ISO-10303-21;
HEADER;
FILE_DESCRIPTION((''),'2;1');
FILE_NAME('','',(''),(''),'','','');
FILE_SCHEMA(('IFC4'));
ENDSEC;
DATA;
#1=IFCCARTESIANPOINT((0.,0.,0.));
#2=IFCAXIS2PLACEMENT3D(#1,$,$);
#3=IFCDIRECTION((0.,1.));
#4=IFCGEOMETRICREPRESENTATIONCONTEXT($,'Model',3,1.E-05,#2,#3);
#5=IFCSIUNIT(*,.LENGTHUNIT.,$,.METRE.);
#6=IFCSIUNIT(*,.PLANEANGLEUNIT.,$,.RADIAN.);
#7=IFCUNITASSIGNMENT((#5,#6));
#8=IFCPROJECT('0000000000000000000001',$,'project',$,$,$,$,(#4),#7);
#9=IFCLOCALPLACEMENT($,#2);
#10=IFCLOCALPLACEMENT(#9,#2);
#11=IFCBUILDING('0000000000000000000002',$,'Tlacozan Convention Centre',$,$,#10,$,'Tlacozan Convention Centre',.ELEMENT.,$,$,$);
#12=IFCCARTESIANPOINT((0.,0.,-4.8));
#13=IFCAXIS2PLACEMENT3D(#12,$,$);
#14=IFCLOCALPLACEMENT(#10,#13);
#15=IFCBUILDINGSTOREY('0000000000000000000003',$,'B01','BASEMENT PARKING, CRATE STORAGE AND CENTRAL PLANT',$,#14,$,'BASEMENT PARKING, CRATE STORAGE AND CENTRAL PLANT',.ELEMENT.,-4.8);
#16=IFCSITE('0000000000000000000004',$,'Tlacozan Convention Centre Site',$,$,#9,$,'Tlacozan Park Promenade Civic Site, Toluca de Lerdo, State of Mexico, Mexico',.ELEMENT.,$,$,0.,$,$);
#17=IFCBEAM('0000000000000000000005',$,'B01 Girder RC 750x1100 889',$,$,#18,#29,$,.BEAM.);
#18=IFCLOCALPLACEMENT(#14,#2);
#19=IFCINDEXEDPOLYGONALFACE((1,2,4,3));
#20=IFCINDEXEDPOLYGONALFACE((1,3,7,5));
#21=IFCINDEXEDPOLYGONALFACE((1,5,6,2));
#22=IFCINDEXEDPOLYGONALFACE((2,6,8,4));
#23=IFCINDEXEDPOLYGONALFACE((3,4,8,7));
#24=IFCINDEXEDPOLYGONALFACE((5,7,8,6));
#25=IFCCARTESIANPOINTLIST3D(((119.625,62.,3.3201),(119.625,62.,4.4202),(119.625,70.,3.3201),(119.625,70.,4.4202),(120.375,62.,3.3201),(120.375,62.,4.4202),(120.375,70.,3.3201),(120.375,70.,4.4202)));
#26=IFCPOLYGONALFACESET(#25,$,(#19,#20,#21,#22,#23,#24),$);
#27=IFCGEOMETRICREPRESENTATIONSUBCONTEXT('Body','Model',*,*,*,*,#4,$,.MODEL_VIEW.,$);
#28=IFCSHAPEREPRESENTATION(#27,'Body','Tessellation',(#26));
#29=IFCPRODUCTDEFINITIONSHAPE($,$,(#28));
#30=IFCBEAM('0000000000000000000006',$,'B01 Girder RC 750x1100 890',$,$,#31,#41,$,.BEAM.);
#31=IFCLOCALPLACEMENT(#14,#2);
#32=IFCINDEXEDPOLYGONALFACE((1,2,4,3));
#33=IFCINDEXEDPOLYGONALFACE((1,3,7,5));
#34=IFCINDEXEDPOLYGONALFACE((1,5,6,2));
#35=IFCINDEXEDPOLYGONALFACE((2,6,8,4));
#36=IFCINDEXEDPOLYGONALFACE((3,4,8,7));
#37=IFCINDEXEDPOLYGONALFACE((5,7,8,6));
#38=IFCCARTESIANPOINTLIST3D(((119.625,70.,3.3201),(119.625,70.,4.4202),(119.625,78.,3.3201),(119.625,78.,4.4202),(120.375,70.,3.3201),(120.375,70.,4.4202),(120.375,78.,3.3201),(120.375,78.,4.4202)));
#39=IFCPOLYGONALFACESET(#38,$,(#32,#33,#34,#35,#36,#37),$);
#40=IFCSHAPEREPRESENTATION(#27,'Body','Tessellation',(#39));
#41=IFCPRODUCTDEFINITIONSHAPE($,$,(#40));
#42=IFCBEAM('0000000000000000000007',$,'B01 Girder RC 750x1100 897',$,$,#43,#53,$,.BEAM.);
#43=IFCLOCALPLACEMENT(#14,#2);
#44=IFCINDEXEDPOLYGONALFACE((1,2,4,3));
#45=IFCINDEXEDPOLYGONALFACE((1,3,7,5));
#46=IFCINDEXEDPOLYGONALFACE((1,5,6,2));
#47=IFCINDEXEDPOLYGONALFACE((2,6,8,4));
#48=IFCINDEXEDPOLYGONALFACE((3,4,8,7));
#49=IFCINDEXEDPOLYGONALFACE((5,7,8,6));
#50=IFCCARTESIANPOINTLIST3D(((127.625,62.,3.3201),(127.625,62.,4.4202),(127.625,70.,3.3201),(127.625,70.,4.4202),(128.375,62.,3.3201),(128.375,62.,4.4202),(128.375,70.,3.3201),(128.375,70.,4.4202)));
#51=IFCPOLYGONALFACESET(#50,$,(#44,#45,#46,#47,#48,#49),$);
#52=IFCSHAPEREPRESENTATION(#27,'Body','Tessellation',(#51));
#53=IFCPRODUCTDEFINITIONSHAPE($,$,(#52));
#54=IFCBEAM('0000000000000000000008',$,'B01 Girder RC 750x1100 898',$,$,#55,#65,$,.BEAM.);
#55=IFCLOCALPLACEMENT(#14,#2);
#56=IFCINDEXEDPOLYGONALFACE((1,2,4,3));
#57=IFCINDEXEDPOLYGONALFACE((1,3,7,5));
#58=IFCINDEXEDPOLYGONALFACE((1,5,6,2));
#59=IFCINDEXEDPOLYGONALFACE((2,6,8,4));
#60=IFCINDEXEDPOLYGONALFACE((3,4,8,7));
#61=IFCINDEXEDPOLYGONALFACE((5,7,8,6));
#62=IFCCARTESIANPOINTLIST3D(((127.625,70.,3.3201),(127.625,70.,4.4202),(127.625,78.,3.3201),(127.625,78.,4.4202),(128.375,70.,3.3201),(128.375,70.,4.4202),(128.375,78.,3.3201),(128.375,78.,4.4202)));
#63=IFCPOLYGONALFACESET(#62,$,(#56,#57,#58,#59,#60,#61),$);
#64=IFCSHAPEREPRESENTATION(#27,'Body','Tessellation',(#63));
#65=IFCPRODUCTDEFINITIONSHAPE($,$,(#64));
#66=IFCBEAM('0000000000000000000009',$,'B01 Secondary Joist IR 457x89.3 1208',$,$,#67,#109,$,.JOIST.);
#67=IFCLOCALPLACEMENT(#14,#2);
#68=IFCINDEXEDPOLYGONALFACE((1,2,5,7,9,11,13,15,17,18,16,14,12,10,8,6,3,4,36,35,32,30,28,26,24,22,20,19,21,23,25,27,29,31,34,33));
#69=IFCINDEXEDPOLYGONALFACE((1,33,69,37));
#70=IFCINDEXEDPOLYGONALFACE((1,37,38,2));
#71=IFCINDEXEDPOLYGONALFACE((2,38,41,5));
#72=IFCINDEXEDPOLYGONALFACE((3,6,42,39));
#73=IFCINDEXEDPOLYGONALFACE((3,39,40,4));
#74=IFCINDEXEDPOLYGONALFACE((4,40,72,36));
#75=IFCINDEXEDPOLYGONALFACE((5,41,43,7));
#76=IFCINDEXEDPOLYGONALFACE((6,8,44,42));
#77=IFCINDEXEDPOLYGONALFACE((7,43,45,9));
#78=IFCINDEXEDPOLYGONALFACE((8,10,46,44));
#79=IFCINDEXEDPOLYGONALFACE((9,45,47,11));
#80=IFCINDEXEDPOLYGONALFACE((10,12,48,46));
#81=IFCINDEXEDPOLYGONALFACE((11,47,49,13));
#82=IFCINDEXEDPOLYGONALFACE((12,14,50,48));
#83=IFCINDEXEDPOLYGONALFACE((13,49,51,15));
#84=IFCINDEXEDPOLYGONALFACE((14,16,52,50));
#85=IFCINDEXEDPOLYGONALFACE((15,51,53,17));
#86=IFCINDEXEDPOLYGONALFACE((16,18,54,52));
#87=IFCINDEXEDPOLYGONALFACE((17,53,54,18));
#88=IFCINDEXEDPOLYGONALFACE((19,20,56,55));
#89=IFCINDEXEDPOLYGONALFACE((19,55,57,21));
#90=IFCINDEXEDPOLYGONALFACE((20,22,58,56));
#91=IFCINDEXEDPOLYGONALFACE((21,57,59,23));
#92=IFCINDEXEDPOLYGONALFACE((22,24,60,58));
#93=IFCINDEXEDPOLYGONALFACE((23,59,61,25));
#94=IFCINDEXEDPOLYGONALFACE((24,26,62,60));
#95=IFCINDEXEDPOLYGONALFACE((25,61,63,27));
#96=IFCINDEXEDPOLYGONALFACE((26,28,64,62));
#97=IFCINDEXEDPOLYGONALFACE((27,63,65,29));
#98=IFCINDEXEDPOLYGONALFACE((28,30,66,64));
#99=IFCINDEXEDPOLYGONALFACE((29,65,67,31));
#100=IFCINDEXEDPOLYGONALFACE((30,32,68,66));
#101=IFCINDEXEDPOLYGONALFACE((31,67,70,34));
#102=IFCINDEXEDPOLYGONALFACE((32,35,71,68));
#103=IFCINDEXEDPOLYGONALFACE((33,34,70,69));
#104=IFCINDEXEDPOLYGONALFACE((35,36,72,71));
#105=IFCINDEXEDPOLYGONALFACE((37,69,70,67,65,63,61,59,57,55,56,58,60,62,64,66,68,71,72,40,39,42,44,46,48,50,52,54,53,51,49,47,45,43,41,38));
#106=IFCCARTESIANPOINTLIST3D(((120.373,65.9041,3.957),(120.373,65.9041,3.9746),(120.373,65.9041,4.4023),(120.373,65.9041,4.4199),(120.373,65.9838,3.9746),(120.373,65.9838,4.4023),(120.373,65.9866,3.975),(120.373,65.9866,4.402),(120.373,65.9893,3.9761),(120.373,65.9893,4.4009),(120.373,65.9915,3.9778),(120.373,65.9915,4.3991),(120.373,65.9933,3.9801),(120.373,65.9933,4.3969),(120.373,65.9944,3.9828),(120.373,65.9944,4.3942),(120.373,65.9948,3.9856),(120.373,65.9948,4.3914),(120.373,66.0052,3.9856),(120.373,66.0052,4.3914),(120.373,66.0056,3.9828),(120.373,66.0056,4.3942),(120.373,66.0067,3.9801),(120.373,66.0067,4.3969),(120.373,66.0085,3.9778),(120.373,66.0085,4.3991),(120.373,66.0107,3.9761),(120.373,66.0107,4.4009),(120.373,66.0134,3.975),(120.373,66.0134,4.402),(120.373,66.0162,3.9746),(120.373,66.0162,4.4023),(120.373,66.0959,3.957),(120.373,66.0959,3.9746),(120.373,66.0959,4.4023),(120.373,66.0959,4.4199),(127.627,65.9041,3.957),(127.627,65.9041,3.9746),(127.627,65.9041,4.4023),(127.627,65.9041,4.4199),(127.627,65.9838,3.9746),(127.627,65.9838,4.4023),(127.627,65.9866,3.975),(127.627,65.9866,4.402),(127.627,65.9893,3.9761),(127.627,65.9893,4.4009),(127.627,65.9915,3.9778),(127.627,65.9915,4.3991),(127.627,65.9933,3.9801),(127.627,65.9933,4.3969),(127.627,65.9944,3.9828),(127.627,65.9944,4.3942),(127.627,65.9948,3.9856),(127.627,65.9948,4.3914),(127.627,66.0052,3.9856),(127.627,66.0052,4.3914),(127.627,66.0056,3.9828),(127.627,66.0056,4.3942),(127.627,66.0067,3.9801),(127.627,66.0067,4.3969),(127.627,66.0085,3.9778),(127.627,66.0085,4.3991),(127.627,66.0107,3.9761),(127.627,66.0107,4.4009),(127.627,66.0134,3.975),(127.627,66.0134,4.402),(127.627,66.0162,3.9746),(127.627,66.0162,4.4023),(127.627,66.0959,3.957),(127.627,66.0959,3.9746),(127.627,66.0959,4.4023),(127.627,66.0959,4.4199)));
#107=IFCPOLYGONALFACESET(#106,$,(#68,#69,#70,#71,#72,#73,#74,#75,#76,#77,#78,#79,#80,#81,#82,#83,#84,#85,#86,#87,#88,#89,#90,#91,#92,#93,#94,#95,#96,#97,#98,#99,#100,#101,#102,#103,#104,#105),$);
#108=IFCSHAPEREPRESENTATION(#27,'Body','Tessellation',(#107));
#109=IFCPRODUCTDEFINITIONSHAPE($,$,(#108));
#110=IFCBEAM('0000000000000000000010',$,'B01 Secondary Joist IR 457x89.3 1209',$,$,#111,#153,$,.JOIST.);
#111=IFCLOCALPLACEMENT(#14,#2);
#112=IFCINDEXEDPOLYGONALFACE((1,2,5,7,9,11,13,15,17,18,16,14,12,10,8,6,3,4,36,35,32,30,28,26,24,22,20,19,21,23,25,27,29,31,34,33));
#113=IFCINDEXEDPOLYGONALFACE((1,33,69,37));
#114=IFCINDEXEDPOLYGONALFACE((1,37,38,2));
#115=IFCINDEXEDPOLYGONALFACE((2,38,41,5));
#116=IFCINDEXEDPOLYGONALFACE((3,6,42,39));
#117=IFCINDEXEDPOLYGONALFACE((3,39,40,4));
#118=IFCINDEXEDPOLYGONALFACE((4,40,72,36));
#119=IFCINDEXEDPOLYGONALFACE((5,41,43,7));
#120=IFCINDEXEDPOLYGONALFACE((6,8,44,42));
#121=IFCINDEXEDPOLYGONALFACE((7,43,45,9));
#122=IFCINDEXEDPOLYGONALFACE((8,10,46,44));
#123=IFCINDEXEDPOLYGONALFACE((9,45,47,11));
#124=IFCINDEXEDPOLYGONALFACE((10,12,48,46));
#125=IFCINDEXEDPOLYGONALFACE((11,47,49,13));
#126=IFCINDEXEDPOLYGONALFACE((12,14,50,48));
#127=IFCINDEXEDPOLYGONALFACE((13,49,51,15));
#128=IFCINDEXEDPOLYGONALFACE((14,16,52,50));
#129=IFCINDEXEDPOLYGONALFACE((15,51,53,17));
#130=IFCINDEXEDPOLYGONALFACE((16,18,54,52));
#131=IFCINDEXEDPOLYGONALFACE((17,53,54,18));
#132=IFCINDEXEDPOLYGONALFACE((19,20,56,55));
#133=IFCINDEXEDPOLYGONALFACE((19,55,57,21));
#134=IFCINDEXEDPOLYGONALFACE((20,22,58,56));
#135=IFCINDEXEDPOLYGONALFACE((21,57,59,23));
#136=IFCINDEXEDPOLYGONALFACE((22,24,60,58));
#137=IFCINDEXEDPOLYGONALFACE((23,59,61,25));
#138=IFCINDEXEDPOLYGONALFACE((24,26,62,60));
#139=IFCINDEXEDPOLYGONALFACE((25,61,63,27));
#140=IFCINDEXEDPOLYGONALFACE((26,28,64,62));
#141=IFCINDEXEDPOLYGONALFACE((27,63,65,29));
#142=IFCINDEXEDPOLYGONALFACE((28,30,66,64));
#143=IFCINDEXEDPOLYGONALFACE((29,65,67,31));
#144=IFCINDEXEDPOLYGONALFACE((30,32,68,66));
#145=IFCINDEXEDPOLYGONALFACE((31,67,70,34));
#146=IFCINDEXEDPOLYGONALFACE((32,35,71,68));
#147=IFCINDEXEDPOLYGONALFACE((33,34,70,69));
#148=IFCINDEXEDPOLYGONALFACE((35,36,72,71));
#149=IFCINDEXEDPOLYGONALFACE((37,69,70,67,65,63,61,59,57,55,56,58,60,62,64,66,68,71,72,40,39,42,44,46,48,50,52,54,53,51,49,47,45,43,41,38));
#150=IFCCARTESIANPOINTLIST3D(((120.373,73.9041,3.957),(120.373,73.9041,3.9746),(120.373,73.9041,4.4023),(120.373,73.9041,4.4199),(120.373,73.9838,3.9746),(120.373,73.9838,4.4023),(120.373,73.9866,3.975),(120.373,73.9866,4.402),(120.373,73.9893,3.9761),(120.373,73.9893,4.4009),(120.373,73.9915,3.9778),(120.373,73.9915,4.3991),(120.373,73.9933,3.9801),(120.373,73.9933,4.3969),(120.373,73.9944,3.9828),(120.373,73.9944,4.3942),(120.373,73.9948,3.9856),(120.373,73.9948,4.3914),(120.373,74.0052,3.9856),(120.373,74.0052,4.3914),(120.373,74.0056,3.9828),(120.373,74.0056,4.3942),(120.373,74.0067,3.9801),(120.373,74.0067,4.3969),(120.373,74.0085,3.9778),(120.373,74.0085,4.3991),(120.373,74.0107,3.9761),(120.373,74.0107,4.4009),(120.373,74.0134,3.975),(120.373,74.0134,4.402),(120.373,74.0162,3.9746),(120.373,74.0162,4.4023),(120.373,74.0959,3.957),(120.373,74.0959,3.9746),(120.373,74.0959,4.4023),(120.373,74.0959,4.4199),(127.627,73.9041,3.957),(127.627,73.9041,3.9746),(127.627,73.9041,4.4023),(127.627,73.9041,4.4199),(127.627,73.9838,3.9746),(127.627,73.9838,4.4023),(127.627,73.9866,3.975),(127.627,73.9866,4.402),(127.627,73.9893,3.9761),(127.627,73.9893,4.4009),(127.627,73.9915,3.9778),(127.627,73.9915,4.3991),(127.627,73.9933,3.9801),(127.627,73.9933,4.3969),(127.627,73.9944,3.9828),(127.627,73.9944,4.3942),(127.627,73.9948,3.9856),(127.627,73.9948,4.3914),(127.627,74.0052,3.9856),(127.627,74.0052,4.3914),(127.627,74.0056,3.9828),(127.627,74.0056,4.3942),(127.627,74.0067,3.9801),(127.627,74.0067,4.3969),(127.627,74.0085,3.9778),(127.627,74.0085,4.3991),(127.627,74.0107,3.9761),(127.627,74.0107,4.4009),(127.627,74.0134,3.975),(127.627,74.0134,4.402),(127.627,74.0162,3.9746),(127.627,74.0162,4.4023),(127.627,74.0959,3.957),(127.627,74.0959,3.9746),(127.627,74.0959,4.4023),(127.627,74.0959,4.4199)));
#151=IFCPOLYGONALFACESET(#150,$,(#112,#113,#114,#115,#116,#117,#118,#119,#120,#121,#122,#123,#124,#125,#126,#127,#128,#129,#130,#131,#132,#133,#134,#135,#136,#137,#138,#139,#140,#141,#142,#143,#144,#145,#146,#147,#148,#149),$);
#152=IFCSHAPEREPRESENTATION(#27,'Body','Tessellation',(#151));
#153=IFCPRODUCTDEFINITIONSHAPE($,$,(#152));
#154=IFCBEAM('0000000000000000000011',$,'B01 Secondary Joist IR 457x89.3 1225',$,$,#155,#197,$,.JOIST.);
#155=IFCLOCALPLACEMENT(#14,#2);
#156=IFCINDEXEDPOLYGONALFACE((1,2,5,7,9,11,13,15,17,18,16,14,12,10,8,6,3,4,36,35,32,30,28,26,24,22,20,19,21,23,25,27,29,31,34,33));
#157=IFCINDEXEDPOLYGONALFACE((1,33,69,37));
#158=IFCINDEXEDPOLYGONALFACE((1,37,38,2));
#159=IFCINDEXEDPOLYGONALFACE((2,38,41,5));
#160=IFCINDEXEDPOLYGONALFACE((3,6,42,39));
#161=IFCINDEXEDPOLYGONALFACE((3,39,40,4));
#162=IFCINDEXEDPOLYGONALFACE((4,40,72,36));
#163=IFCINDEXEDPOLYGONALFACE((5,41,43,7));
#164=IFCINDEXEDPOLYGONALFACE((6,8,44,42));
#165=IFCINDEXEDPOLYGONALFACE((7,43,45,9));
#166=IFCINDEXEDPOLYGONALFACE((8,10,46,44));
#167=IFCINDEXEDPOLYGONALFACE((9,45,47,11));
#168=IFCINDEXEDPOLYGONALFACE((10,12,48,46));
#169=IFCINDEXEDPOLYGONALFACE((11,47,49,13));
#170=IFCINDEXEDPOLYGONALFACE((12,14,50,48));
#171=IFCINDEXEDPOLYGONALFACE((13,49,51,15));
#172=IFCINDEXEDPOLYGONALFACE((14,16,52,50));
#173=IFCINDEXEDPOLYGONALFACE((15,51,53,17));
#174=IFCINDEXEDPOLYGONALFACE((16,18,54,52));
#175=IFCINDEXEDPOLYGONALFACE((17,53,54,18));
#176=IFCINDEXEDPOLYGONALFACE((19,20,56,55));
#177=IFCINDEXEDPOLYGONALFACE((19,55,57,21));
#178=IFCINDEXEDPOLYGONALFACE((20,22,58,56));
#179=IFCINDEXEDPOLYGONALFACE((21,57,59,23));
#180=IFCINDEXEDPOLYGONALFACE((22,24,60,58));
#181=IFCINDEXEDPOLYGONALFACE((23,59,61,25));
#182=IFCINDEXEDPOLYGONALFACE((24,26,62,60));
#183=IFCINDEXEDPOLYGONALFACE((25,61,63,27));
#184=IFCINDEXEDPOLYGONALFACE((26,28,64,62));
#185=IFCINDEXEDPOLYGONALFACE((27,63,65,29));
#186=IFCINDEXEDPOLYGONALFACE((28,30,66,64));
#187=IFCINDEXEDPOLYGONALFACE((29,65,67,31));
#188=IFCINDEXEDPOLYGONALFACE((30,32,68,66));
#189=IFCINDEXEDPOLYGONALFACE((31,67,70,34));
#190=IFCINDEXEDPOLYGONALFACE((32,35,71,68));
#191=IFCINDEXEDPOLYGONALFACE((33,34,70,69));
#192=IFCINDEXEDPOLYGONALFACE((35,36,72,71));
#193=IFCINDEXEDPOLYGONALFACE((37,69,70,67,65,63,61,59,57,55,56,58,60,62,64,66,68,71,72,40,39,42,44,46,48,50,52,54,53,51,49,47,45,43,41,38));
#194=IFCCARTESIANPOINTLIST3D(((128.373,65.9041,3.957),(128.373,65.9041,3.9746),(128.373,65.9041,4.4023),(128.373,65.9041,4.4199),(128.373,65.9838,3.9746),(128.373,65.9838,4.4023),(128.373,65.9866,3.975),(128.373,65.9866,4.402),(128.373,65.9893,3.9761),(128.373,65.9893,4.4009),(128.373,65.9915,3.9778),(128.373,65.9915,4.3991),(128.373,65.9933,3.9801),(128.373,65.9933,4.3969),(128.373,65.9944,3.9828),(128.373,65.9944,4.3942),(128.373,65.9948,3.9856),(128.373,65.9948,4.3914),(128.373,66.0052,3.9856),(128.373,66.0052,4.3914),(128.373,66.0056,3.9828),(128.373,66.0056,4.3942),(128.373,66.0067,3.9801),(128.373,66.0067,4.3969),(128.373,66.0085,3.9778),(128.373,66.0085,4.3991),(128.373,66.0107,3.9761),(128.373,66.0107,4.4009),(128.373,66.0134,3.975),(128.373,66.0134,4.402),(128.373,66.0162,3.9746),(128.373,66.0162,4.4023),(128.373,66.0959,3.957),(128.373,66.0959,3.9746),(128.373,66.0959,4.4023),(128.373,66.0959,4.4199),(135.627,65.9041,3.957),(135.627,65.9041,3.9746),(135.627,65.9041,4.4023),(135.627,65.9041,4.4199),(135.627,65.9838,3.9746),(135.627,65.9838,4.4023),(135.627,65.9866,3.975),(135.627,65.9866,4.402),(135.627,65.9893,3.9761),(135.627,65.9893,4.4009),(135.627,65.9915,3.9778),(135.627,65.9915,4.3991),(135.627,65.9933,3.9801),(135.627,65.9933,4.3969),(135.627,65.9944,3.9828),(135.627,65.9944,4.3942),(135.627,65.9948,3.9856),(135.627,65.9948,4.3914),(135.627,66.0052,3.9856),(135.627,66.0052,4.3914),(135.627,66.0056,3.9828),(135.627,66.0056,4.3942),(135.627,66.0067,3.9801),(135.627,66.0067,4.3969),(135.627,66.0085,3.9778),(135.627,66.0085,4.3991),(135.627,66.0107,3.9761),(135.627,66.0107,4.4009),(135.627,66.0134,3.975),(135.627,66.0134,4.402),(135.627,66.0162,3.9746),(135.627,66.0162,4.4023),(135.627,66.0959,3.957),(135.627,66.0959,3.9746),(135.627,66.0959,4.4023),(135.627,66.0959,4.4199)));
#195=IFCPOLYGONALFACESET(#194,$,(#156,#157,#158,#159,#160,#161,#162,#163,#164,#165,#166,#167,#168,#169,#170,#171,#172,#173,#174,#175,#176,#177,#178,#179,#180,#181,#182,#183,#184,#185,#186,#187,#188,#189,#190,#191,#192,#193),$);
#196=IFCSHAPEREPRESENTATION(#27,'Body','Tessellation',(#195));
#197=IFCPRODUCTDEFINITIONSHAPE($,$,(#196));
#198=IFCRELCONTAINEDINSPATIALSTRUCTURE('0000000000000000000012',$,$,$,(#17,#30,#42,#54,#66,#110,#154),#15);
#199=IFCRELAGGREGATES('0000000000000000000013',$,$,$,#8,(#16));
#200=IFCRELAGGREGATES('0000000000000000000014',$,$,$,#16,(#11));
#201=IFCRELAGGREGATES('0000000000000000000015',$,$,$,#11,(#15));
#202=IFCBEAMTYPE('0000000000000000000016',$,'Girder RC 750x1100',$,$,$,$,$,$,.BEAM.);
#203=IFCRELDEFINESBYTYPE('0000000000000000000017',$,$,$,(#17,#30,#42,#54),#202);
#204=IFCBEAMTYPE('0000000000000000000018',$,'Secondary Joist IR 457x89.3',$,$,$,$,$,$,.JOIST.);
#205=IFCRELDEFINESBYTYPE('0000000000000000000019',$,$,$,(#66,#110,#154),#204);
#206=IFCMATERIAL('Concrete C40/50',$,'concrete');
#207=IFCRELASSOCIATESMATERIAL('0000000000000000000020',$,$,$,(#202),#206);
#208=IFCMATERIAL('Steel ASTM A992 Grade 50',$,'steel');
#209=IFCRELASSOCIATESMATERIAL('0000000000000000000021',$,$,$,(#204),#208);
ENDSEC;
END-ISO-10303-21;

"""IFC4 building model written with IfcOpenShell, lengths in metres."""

from ifc_helpers import new_model, si_unit, direction, frame, origin, origin_2d, place, context, subcontext, project, spatial, rectangle, i_section, extrude, material, material_profile, profile_set, type_object, element, save


model = new_model("IFC4")

# Units and contexts
model_context = context("Model", 3, precision=1e-05, world=origin(), true_north=direction((0.0, 1.0)))
body_context = subcontext(model_context, "Body", "Model", "MODEL_VIEW")
ifc_project = project(units=[si_unit("LENGTHUNIT", "METRE"), si_unit("PLANEANGLEUNIT", "RADIAN")], contexts=[model_context])

# Site, building, storey
site_placement = place(None, origin())
site = spatial("IfcSite", under=ifc_project, at=site_placement, Name="Tlacozan Convention Centre Site", LongName="Tlacozan Park Promenade Civic Site, Toluca de Lerdo, State of Mexico, Mexico", CompositionType="ELEMENT", RefElevation=0.0)
building_placement = place(site_placement, origin())
building = spatial("IfcBuilding", under=site, at=building_placement, Name="Tlacozan Convention Centre", LongName="Tlacozan Convention Centre", CompositionType="ELEMENT")
storey_placement = place(building_placement, frame((0.0, 0.0, -4.8)))
storey = spatial("IfcBuildingStorey", under=building, at=storey_placement, Name="B01", Description="BASEMENT PARKING, CRATE STORAGE AND CENTRAL PLANT", LongName="BASEMENT PARKING, CRATE STORAGE AND CENTRAL PLANT", CompositionType="ELEMENT", Elevation=-4.8)

# Shared definitions
ifc_material_1 = material(Name="Concrete C40/50", Category="concrete")

# Beams
ifc_material_profile_1 = material_profile(ifc_material_1, rectangle(XDim=0.75, YDim=1.1001, at=origin_2d()), Name="RC 750x1100")
ifc_profile_set_1 = profile_set([ifc_material_profile_1], Name="Concrete C40/50")
beam_type_1 = type_object("IfcBeamType", Name="Girder RC 750x1100", PredefinedType="BEAM", material=ifc_profile_set_1)
for number, where, z_axis, x_axis, name in (
    (1, (120.0, 62.0, 3.8701), (0.0, 1.0, 0.0), (-1.0, 0.0, 0.0), "B01 Girder RC 750x1100 889"),
    (2, (120.0, 70.0, 3.8701), (0.0, 1.0, 0.0), (-1.0, 0.0, 0.0), "B01 Girder RC 750x1100 890"),
    (3, (128.0, 62.0, 3.8701), (0.0, 1.0, 0.0), (-1.0, 0.0, 0.0), "B01 Girder RC 750x1100 897"),
    (4, (128.0, 70.0, 3.8701), (0.0, 1.0, 0.0), (-1.0, 0.0, 0.0), "B01 Girder RC 750x1100 898"),
):
    element("IfcBeam", number, at=place(storey_placement, frame(where, z_axis=z_axis, x_axis=x_axis)), inside=storey, type_object=beam_type_1, Name=name, PredefinedType="BEAM", context=body_context, shape_type="SweptSolid", body=[
        extrude(rectangle(XDim=0.75, YDim=1.1001, at=origin_2d()), origin(), (0.0, 0.0, 1.0), 8.0),
    ])
ifc_material_2 = material(Name="Steel ASTM A992 Grade 50", Category="steel")
ifc_material_profile_2 = material_profile(ifc_material_2, i_section(OverallWidth=0.1919, OverallDepth=0.4629, WebThickness=0.0105, FlangeThickness=0.0176, FilletRadius=0.011, at=origin_2d()), Name="IR 457x89.3")
ifc_profile_set_2 = profile_set([ifc_material_profile_2], Name="Steel ASTM A992 Grade 50")
beam_type_2 = type_object("IfcBeamType", Name="Secondary Joist IR 457x89.3", PredefinedType="JOIST", material=ifc_profile_set_2)
for number, where, z_axis, x_axis, name in (
    (5, (120.373, 66.0, 4.1885), (1.0, 0.0, 0.0), (0.0, 1.0, 0.0), "B01 Secondary Joist IR 457x89.3 1208"),
    (6, (120.373, 74.0, 4.1885), (1.0, 0.0, 0.0), (0.0, 1.0, 0.0), "B01 Secondary Joist IR 457x89.3 1209"),
    (7, (128.373, 66.0, 4.1885), (1.0, 0.0, 0.0), (0.0, 1.0, 0.0), "B01 Secondary Joist IR 457x89.3 1225"),
):
    element("IfcBeam", number, at=place(storey_placement, frame(where, z_axis=z_axis, x_axis=x_axis)), inside=storey, type_object=beam_type_2, Name=name, PredefinedType="JOIST", context=body_context, shape_type="SweptSolid", body=[
        extrude(i_section(OverallWidth=0.1919, OverallDepth=0.4629, WebThickness=0.0105, FlangeThickness=0.0176, FilletRadius=0.011, at=origin_2d()), origin(), (0.0, 0.0, 1.0), 7.2539),
    ])

save(model, "model.ifc")
